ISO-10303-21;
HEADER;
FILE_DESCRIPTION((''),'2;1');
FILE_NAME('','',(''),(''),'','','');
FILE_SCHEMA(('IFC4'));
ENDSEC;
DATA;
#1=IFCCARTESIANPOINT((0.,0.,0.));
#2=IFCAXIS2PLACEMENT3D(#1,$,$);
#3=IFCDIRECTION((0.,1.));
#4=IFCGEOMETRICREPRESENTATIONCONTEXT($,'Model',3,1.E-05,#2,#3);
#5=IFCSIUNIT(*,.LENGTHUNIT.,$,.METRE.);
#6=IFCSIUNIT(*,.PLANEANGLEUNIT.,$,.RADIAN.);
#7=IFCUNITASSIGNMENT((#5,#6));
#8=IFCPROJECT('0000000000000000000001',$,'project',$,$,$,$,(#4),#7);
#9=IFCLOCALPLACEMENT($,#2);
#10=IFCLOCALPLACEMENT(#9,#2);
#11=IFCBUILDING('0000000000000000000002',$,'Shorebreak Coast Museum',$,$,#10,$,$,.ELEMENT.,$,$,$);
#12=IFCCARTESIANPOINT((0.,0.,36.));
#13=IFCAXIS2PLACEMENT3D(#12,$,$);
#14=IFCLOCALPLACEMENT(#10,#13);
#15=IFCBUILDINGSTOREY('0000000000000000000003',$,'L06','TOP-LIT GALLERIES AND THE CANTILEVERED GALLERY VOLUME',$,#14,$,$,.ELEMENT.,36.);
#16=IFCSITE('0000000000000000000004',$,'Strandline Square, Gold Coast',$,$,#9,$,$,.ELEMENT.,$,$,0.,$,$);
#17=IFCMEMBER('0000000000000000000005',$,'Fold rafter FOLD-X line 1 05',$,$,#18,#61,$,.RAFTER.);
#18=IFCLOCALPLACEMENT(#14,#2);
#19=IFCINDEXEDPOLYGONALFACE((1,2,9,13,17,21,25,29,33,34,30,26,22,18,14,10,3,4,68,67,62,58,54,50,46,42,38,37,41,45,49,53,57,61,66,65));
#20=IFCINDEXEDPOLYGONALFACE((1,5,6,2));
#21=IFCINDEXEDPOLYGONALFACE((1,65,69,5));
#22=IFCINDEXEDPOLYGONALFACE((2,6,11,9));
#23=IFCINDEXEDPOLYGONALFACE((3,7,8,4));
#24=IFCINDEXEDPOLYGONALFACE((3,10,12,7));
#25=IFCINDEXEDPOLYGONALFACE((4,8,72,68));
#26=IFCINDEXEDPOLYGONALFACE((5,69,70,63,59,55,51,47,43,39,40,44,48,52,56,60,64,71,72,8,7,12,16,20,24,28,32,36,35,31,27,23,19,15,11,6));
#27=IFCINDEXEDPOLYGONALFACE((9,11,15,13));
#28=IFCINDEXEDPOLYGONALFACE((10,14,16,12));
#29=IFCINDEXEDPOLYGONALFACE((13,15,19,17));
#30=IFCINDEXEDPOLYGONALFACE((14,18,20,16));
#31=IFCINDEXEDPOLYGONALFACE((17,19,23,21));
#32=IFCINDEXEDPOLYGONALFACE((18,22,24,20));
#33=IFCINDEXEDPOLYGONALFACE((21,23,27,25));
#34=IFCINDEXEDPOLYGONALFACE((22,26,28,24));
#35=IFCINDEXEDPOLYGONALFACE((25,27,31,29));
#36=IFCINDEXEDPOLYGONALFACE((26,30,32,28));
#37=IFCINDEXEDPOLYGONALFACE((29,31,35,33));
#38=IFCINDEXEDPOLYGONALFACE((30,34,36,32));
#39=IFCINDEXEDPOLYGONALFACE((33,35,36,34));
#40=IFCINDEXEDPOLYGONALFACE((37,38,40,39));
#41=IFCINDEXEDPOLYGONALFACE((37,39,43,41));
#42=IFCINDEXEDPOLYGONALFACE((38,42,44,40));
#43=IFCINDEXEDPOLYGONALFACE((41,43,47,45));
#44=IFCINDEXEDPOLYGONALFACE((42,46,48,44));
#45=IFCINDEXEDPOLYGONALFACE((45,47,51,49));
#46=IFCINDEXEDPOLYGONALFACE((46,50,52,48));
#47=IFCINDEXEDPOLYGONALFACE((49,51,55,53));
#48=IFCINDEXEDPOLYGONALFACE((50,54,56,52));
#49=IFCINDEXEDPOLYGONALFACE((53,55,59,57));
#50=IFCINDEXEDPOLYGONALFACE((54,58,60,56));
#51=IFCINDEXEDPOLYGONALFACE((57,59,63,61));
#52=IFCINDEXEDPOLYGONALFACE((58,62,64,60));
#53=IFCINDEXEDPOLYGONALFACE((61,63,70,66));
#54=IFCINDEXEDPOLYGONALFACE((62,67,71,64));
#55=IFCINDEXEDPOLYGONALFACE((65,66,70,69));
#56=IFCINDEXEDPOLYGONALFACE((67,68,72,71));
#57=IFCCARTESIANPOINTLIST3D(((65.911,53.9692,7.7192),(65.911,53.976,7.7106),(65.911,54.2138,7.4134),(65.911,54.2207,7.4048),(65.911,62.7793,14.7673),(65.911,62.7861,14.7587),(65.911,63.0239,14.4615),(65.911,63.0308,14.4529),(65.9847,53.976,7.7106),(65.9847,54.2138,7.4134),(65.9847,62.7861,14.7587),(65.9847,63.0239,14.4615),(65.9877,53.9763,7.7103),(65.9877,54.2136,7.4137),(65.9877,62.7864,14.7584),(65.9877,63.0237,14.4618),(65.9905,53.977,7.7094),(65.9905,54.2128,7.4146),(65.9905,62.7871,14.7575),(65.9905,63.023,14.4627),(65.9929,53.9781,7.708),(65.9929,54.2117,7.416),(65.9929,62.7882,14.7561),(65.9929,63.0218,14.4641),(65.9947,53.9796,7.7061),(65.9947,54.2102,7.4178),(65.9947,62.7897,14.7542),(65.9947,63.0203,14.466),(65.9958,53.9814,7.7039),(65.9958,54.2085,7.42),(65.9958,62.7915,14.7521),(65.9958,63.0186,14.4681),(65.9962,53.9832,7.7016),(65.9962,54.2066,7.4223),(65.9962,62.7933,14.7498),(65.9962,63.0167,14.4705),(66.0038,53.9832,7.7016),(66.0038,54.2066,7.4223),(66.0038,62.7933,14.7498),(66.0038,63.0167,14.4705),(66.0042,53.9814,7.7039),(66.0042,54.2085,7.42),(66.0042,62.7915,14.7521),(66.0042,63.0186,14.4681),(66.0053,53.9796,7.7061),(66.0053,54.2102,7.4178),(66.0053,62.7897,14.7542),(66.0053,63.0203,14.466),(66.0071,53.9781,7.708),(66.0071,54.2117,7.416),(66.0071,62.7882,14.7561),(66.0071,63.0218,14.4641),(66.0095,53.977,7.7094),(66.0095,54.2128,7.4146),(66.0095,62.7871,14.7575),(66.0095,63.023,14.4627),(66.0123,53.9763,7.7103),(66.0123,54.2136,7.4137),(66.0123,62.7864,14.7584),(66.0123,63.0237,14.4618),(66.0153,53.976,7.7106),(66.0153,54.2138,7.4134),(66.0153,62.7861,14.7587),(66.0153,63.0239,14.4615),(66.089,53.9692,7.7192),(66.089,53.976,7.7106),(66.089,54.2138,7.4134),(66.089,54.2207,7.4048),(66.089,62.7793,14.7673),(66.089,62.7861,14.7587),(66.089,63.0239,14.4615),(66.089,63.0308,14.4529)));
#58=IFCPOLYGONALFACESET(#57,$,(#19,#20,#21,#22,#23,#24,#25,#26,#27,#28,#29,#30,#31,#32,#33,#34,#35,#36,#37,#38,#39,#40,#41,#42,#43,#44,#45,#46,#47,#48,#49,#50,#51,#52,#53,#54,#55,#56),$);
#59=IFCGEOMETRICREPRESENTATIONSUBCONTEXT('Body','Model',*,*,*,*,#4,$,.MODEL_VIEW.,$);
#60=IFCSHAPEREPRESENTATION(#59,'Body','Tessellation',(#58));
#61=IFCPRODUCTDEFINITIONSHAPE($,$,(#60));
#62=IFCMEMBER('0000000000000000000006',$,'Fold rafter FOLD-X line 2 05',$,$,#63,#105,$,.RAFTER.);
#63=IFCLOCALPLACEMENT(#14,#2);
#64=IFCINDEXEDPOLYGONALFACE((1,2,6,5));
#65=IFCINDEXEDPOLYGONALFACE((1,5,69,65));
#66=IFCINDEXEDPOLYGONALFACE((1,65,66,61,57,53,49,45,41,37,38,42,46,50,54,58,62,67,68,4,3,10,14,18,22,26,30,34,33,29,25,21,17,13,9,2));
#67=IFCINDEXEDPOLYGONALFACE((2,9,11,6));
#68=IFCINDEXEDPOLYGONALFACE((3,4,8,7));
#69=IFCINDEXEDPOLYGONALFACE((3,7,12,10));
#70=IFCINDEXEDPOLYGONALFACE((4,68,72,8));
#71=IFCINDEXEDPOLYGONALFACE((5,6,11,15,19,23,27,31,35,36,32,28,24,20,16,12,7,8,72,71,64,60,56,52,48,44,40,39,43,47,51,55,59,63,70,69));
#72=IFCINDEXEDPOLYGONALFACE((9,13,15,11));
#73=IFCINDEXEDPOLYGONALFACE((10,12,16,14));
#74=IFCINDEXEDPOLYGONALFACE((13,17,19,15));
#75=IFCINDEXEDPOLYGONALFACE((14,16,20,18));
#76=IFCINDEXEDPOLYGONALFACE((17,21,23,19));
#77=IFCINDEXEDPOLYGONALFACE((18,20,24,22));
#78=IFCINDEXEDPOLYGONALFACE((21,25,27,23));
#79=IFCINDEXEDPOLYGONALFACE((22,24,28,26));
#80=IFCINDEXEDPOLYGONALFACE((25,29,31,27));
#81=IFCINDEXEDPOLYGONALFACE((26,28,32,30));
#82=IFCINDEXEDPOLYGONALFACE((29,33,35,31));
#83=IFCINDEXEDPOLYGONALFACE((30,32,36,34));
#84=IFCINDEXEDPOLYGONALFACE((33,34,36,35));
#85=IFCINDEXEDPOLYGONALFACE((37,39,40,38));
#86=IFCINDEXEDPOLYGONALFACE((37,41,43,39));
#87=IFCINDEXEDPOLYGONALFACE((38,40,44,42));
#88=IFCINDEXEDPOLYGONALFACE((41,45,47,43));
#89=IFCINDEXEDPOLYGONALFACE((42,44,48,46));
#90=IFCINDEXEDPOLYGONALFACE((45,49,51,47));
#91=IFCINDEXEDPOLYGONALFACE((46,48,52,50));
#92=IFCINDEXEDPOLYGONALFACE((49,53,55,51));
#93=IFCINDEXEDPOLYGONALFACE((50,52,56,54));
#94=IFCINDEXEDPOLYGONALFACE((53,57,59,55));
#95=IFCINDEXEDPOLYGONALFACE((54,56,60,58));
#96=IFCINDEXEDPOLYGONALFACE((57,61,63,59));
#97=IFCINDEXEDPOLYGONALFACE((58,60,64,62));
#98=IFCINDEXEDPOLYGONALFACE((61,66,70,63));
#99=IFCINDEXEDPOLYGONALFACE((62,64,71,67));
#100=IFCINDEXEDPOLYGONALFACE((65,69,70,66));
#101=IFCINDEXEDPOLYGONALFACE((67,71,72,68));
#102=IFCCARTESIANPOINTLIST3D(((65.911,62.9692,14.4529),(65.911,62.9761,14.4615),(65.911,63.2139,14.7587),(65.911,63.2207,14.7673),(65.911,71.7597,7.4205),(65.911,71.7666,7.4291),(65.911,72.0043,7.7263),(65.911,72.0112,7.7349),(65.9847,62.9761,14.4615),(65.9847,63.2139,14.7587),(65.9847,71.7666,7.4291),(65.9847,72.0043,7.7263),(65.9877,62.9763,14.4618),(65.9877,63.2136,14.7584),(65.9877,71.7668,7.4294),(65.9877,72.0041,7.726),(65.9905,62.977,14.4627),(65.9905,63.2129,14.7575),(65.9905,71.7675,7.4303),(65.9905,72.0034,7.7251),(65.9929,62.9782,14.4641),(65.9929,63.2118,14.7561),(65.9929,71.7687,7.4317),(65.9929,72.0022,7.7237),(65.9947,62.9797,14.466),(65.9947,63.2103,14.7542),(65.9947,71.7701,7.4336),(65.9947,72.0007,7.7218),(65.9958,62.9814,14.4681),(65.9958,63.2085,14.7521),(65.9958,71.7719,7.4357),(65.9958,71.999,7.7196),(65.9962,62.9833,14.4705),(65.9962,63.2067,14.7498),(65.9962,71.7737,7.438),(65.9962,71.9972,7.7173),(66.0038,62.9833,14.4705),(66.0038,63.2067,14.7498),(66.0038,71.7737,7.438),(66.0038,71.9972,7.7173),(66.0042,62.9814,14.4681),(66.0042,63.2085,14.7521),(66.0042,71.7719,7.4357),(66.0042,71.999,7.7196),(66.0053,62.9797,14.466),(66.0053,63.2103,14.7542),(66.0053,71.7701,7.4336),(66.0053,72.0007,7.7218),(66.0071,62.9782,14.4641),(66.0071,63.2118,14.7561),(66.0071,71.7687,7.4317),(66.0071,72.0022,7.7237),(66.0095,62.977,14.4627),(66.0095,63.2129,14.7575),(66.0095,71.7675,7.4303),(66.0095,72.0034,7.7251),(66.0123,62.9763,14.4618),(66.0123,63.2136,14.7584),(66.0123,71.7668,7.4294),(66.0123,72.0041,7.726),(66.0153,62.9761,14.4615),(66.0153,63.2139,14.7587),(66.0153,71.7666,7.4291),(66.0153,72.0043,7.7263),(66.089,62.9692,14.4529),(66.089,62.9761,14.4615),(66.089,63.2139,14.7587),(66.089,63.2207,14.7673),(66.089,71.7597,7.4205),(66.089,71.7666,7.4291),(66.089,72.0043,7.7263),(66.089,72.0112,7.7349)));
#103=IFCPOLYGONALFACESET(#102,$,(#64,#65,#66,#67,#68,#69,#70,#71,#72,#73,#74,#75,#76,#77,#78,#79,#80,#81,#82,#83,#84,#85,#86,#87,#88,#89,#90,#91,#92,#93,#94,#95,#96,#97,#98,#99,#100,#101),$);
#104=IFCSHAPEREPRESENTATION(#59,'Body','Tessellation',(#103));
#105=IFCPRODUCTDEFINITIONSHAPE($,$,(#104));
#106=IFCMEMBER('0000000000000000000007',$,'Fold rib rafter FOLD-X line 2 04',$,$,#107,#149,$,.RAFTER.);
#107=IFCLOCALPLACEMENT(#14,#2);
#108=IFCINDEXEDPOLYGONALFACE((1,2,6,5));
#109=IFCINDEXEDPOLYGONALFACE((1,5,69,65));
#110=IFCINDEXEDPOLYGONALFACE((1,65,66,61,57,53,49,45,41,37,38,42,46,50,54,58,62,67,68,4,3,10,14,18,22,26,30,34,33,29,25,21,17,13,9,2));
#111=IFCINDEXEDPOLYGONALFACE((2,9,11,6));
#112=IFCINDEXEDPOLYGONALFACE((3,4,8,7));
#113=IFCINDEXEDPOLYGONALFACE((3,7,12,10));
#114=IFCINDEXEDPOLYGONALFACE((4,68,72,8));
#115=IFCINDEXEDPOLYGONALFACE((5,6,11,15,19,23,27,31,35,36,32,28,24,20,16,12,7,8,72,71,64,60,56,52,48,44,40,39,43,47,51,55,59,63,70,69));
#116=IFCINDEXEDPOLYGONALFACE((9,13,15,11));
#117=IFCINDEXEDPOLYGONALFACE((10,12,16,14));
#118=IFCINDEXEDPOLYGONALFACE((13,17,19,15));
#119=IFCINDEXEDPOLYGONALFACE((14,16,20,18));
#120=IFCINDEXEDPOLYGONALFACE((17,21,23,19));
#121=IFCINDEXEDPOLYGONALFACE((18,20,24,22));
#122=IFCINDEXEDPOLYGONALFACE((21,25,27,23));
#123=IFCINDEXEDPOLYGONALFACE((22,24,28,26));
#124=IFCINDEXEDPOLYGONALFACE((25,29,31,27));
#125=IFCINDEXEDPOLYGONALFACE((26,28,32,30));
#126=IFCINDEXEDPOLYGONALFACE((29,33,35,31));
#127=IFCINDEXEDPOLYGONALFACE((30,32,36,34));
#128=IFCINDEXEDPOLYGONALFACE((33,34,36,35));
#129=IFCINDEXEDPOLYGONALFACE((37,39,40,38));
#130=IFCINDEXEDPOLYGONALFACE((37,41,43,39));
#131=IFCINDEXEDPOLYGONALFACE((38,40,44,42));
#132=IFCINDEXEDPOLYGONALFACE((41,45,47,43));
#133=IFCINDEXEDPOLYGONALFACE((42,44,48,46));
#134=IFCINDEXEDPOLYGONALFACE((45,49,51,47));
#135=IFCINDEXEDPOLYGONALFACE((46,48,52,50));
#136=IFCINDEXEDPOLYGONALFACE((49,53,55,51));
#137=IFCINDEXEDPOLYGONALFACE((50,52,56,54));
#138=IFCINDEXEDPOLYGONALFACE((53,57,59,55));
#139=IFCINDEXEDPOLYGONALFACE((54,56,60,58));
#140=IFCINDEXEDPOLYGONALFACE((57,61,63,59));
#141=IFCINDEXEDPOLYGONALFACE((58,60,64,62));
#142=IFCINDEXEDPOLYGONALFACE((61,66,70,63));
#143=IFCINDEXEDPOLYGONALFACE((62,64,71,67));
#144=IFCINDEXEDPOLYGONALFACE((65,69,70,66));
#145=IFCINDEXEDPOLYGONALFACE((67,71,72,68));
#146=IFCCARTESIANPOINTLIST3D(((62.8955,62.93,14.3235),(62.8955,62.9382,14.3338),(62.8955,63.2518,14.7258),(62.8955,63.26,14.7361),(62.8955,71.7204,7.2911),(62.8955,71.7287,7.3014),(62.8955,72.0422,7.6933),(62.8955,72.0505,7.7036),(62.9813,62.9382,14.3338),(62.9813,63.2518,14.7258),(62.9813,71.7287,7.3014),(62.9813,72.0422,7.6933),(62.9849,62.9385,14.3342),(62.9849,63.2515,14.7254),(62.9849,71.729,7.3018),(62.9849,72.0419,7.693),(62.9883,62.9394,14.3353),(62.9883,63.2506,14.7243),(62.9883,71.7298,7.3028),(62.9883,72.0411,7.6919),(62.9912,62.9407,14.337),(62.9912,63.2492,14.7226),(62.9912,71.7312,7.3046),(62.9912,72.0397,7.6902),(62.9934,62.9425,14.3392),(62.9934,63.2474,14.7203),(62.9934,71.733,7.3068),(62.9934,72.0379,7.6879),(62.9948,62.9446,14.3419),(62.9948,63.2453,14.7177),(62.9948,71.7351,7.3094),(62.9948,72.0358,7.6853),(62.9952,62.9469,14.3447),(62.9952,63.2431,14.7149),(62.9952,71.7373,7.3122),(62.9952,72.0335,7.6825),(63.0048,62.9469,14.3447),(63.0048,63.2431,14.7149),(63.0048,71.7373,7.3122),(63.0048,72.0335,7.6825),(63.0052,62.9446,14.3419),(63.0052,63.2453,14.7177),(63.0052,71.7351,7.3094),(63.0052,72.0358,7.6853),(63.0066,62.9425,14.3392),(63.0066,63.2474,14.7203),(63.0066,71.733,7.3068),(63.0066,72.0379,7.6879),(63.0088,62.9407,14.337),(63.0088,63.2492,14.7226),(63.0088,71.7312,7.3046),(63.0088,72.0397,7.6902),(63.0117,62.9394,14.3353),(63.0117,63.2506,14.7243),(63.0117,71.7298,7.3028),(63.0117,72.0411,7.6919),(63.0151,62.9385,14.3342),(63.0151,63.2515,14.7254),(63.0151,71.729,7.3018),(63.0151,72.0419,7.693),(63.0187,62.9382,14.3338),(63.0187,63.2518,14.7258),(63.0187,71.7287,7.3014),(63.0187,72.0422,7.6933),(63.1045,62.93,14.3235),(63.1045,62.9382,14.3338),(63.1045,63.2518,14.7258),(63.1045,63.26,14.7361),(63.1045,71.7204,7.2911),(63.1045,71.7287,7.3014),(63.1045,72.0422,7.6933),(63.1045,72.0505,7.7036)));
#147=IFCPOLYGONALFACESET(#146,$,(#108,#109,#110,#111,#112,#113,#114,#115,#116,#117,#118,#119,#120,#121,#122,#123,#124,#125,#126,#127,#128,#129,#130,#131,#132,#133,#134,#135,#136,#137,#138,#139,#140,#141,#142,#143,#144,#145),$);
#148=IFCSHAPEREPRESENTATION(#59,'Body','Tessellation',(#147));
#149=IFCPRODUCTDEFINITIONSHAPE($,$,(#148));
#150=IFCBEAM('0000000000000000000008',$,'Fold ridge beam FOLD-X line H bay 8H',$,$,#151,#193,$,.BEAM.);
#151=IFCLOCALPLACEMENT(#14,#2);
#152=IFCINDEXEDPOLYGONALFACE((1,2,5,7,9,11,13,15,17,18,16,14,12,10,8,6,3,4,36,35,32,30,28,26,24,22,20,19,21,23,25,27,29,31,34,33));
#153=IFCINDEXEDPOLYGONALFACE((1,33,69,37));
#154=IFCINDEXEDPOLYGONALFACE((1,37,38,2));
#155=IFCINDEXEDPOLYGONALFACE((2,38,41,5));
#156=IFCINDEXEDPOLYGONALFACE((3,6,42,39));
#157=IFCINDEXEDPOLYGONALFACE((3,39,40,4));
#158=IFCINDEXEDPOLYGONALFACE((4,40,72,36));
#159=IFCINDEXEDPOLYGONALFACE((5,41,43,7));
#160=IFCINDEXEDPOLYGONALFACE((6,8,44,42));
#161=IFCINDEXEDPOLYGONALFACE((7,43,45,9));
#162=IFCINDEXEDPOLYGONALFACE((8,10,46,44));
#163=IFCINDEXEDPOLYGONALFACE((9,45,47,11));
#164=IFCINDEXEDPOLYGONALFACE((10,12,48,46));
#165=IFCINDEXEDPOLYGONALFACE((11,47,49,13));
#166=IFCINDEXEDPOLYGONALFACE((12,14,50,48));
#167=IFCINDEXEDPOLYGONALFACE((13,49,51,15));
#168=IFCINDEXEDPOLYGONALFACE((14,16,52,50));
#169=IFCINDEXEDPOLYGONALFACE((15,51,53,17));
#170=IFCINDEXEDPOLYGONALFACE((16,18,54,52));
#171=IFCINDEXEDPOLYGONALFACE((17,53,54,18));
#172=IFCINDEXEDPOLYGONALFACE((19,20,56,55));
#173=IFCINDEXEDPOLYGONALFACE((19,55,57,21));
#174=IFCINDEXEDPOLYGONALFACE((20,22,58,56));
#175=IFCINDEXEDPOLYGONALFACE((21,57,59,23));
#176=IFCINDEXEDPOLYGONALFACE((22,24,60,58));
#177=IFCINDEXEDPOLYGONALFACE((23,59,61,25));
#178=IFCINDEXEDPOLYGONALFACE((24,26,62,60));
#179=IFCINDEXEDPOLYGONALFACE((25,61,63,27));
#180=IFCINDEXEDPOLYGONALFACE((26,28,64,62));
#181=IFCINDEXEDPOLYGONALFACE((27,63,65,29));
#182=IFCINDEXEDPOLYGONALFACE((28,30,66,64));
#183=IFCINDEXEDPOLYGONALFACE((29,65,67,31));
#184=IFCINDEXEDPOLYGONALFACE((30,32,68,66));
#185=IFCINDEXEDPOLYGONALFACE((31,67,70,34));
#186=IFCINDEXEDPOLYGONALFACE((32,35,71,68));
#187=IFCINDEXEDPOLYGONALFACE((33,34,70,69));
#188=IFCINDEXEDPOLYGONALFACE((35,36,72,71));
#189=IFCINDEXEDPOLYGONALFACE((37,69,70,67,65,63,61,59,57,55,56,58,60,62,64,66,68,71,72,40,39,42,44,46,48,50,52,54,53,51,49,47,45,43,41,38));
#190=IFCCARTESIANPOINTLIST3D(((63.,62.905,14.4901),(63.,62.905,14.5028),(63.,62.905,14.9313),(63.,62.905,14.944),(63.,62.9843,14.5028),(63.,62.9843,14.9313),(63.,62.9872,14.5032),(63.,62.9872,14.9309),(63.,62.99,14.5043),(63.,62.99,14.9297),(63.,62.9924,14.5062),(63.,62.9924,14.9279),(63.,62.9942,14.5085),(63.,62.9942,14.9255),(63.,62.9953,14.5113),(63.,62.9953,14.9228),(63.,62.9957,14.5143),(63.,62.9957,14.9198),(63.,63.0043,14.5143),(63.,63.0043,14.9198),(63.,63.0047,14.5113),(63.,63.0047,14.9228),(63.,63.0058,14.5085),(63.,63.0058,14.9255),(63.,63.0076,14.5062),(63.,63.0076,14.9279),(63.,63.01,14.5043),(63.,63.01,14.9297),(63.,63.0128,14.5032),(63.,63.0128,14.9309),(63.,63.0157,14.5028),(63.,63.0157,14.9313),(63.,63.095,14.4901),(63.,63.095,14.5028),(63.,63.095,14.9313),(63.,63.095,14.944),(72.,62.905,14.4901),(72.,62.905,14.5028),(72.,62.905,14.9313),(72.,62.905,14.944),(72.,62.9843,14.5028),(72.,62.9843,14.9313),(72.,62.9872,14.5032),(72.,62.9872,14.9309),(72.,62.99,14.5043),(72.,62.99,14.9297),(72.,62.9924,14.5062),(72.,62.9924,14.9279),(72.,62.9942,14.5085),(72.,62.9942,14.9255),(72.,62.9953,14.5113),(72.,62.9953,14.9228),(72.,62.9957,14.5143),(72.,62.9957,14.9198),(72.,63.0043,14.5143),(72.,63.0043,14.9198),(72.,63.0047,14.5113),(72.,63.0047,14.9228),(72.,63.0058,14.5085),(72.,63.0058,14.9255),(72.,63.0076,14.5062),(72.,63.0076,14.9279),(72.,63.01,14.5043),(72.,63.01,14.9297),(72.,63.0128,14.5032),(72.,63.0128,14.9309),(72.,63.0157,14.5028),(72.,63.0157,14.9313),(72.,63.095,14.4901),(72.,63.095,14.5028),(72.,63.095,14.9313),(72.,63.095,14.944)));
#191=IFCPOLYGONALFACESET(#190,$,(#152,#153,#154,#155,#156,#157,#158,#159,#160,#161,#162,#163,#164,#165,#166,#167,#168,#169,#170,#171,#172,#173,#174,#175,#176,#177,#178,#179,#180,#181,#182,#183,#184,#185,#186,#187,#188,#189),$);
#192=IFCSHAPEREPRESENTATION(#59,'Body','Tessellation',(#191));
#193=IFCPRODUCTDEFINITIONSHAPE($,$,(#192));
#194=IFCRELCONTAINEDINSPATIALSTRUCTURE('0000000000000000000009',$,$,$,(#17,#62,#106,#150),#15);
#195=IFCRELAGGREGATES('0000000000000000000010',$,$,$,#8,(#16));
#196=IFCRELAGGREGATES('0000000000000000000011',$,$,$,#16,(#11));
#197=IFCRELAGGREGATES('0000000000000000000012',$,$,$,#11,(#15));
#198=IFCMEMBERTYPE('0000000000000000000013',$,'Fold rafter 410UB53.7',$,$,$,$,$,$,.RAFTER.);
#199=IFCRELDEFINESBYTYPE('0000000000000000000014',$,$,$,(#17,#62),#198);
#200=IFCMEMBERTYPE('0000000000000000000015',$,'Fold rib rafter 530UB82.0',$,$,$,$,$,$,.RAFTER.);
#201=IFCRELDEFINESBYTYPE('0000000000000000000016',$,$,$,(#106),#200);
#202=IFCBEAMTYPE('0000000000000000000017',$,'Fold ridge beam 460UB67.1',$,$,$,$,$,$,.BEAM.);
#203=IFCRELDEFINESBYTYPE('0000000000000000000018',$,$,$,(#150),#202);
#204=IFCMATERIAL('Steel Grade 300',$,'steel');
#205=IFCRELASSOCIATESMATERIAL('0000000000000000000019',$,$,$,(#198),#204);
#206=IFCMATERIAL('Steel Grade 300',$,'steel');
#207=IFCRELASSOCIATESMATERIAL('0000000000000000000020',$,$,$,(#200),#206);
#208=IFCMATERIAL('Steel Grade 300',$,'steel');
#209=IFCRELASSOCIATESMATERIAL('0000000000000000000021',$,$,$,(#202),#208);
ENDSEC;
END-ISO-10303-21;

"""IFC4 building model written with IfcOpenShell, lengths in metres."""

from ifc_helpers import new_model, si_unit, direction, frame, origin, origin_2d, place, context, subcontext, project, spatial, i_section, extrude, material, material_profile, profile_set, type_object, element, save


model = new_model("IFC4")

# Units and contexts
model_context = context("Model", 3, precision=1e-05, world=origin(), true_north=direction((0.0, 1.0)))
body_context = subcontext(model_context, "Body", "Model", "MODEL_VIEW")
ifc_project = project(units=[si_unit("LENGTHUNIT", "METRE"), si_unit("PLANEANGLEUNIT", "RADIAN")], contexts=[model_context])

# Site, building, storey
site_placement = place(None, origin())
site = spatial("IfcSite", under=ifc_project, at=site_placement, Name="Strandline Square, Gold Coast", CompositionType="ELEMENT", RefElevation=0.0)
building_placement = place(site_placement, origin())
building = spatial("IfcBuilding", under=site, at=building_placement, Name="Shorebreak Coast Museum", CompositionType="ELEMENT")
storey_placement = place(building_placement, frame((0.0, 0.0, 36.0)))
storey = spatial("IfcBuildingStorey", under=building, at=storey_placement, Name="L06", Description="TOP-LIT GALLERIES AND THE CANTILEVERED GALLERY VOLUME", CompositionType="ELEMENT", Elevation=36.0)

# Members
ifc_material_1 = material(Name="Steel Grade 300", Category="steel")
ifc_material_profile_1 = material_profile(ifc_material_1, i_section(OverallWidth=0.178, OverallDepth=0.4026, WebThickness=0.0076, FlangeThickness=0.011, FilletRadius=0.0115, at=origin_2d()), Name="410UB53.7")
ifc_profile_set_1 = profile_set([ifc_material_profile_1], Name="Steel Grade 300")
member_type_1 = type_object("IfcMemberType", Name="Fold rafter 410UB53.7", PredefinedType="RAFTER", material=ifc_profile_set_1)
member_1_placement = place(storey_placement, frame((66.0, 62.905, 14.6101), z_axis=(0.0, -0.780867, -0.624698), x_axis=(1.0, 0.0, 0.0)))
element("IfcMember", 1, at=member_1_placement, inside=storey, type_object=member_type_1, Name="Fold rafter FOLD-X line 1 05", PredefinedType="RAFTER", context=body_context, shape_type="SweptSolid", body=[
    extrude(i_section(OverallWidth=0.178, OverallDepth=0.4026, WebThickness=0.0076, FlangeThickness=0.011, FilletRadius=0.0115, at=origin_2d()), origin(), (0.0, 0.0, 1.0), 11.2825),
])
member_2_placement = place(storey_placement, frame((66.0, 63.095, 14.6101), z_axis=(0.0, 0.780867, -0.624698), x_axis=(-1.0, 0.0, 0.0)))
element("IfcMember", 2, at=member_2_placement, inside=storey, type_object=member_type_1, Name="Fold rafter FOLD-X line 2 05", PredefinedType="RAFTER", context=body_context, shape_type="SweptSolid", body=[
    extrude(i_section(OverallWidth=0.178, OverallDepth=0.4026, WebThickness=0.0076, FlangeThickness=0.011, FilletRadius=0.0115, at=origin_2d()), origin(), (0.0, 0.0, 1.0), 11.2573),
])
ifc_material_2 = material(Name="Steel Grade 300", Category="steel")
ifc_material_profile_2 = material_profile(ifc_material_2, i_section(OverallWidth=0.209, OverallDepth=0.5283, WebThickness=0.0095, FlangeThickness=0.0132, FilletRadius=0.0139, at=origin_2d()), Name="530UB82.0")
ifc_profile_set_2 = profile_set([ifc_material_profile_2], Name="Steel Grade 300")
member_type_2 = type_object("IfcMemberType", Name="Fold rib rafter 530UB82.0", PredefinedType="RAFTER", material=ifc_profile_set_2)
member_3_placement = place(storey_placement, frame((63.0, 63.095, 14.5298), z_axis=(0.0, 0.780867, -0.624698), x_axis=(-1.0, 0.0, 0.0)))
element("IfcMember", 3, at=member_3_placement, inside=storey, type_object=member_type_2, Name="Fold rib rafter FOLD-X line 2 04", PredefinedType="RAFTER", context=body_context, shape_type="SweptSolid", body=[
    extrude(i_section(OverallWidth=0.209, OverallDepth=0.5283, WebThickness=0.0095, FlangeThickness=0.0132, FilletRadius=0.0139, at=origin_2d()), origin(), (0.0, 0.0, 1.0), 11.2573),
])

# Beam
ifc_material_3 = material(Name="Steel Grade 300", Category="steel")
ifc_material_profile_3 = material_profile(ifc_material_3, i_section(OverallWidth=0.1899, OverallDepth=0.4539, WebThickness=0.0085, FlangeThickness=0.0127, FilletRadius=0.0115, at=origin_2d()), Name="460UB67.1")
ifc_profile_set_3 = profile_set([ifc_material_profile_3], Name="Steel Grade 300")
beam_type_1 = type_object("IfcBeamType", Name="Fold ridge beam 460UB67.1", PredefinedType="BEAM", material=ifc_profile_set_3)
beam_1_placement = place(storey_placement, frame((63.0, 63.0, 14.717), z_axis=(1.0, 0.0, 0.0), x_axis=(0.0, 1.0, 0.0)))
element("IfcBeam", 4, at=beam_1_placement, inside=storey, type_object=beam_type_1, Name="Fold ridge beam FOLD-X line H bay 8H", PredefinedType="BEAM", context=body_context, shape_type="SweptSolid", body=[
    extrude(i_section(OverallWidth=0.1899, OverallDepth=0.4539, WebThickness=0.0085, FlangeThickness=0.0127, FilletRadius=0.0115, at=origin_2d()), origin(), (0.0, 0.0, 1.0), 9.0),
])

save(model, "model.ifc")
